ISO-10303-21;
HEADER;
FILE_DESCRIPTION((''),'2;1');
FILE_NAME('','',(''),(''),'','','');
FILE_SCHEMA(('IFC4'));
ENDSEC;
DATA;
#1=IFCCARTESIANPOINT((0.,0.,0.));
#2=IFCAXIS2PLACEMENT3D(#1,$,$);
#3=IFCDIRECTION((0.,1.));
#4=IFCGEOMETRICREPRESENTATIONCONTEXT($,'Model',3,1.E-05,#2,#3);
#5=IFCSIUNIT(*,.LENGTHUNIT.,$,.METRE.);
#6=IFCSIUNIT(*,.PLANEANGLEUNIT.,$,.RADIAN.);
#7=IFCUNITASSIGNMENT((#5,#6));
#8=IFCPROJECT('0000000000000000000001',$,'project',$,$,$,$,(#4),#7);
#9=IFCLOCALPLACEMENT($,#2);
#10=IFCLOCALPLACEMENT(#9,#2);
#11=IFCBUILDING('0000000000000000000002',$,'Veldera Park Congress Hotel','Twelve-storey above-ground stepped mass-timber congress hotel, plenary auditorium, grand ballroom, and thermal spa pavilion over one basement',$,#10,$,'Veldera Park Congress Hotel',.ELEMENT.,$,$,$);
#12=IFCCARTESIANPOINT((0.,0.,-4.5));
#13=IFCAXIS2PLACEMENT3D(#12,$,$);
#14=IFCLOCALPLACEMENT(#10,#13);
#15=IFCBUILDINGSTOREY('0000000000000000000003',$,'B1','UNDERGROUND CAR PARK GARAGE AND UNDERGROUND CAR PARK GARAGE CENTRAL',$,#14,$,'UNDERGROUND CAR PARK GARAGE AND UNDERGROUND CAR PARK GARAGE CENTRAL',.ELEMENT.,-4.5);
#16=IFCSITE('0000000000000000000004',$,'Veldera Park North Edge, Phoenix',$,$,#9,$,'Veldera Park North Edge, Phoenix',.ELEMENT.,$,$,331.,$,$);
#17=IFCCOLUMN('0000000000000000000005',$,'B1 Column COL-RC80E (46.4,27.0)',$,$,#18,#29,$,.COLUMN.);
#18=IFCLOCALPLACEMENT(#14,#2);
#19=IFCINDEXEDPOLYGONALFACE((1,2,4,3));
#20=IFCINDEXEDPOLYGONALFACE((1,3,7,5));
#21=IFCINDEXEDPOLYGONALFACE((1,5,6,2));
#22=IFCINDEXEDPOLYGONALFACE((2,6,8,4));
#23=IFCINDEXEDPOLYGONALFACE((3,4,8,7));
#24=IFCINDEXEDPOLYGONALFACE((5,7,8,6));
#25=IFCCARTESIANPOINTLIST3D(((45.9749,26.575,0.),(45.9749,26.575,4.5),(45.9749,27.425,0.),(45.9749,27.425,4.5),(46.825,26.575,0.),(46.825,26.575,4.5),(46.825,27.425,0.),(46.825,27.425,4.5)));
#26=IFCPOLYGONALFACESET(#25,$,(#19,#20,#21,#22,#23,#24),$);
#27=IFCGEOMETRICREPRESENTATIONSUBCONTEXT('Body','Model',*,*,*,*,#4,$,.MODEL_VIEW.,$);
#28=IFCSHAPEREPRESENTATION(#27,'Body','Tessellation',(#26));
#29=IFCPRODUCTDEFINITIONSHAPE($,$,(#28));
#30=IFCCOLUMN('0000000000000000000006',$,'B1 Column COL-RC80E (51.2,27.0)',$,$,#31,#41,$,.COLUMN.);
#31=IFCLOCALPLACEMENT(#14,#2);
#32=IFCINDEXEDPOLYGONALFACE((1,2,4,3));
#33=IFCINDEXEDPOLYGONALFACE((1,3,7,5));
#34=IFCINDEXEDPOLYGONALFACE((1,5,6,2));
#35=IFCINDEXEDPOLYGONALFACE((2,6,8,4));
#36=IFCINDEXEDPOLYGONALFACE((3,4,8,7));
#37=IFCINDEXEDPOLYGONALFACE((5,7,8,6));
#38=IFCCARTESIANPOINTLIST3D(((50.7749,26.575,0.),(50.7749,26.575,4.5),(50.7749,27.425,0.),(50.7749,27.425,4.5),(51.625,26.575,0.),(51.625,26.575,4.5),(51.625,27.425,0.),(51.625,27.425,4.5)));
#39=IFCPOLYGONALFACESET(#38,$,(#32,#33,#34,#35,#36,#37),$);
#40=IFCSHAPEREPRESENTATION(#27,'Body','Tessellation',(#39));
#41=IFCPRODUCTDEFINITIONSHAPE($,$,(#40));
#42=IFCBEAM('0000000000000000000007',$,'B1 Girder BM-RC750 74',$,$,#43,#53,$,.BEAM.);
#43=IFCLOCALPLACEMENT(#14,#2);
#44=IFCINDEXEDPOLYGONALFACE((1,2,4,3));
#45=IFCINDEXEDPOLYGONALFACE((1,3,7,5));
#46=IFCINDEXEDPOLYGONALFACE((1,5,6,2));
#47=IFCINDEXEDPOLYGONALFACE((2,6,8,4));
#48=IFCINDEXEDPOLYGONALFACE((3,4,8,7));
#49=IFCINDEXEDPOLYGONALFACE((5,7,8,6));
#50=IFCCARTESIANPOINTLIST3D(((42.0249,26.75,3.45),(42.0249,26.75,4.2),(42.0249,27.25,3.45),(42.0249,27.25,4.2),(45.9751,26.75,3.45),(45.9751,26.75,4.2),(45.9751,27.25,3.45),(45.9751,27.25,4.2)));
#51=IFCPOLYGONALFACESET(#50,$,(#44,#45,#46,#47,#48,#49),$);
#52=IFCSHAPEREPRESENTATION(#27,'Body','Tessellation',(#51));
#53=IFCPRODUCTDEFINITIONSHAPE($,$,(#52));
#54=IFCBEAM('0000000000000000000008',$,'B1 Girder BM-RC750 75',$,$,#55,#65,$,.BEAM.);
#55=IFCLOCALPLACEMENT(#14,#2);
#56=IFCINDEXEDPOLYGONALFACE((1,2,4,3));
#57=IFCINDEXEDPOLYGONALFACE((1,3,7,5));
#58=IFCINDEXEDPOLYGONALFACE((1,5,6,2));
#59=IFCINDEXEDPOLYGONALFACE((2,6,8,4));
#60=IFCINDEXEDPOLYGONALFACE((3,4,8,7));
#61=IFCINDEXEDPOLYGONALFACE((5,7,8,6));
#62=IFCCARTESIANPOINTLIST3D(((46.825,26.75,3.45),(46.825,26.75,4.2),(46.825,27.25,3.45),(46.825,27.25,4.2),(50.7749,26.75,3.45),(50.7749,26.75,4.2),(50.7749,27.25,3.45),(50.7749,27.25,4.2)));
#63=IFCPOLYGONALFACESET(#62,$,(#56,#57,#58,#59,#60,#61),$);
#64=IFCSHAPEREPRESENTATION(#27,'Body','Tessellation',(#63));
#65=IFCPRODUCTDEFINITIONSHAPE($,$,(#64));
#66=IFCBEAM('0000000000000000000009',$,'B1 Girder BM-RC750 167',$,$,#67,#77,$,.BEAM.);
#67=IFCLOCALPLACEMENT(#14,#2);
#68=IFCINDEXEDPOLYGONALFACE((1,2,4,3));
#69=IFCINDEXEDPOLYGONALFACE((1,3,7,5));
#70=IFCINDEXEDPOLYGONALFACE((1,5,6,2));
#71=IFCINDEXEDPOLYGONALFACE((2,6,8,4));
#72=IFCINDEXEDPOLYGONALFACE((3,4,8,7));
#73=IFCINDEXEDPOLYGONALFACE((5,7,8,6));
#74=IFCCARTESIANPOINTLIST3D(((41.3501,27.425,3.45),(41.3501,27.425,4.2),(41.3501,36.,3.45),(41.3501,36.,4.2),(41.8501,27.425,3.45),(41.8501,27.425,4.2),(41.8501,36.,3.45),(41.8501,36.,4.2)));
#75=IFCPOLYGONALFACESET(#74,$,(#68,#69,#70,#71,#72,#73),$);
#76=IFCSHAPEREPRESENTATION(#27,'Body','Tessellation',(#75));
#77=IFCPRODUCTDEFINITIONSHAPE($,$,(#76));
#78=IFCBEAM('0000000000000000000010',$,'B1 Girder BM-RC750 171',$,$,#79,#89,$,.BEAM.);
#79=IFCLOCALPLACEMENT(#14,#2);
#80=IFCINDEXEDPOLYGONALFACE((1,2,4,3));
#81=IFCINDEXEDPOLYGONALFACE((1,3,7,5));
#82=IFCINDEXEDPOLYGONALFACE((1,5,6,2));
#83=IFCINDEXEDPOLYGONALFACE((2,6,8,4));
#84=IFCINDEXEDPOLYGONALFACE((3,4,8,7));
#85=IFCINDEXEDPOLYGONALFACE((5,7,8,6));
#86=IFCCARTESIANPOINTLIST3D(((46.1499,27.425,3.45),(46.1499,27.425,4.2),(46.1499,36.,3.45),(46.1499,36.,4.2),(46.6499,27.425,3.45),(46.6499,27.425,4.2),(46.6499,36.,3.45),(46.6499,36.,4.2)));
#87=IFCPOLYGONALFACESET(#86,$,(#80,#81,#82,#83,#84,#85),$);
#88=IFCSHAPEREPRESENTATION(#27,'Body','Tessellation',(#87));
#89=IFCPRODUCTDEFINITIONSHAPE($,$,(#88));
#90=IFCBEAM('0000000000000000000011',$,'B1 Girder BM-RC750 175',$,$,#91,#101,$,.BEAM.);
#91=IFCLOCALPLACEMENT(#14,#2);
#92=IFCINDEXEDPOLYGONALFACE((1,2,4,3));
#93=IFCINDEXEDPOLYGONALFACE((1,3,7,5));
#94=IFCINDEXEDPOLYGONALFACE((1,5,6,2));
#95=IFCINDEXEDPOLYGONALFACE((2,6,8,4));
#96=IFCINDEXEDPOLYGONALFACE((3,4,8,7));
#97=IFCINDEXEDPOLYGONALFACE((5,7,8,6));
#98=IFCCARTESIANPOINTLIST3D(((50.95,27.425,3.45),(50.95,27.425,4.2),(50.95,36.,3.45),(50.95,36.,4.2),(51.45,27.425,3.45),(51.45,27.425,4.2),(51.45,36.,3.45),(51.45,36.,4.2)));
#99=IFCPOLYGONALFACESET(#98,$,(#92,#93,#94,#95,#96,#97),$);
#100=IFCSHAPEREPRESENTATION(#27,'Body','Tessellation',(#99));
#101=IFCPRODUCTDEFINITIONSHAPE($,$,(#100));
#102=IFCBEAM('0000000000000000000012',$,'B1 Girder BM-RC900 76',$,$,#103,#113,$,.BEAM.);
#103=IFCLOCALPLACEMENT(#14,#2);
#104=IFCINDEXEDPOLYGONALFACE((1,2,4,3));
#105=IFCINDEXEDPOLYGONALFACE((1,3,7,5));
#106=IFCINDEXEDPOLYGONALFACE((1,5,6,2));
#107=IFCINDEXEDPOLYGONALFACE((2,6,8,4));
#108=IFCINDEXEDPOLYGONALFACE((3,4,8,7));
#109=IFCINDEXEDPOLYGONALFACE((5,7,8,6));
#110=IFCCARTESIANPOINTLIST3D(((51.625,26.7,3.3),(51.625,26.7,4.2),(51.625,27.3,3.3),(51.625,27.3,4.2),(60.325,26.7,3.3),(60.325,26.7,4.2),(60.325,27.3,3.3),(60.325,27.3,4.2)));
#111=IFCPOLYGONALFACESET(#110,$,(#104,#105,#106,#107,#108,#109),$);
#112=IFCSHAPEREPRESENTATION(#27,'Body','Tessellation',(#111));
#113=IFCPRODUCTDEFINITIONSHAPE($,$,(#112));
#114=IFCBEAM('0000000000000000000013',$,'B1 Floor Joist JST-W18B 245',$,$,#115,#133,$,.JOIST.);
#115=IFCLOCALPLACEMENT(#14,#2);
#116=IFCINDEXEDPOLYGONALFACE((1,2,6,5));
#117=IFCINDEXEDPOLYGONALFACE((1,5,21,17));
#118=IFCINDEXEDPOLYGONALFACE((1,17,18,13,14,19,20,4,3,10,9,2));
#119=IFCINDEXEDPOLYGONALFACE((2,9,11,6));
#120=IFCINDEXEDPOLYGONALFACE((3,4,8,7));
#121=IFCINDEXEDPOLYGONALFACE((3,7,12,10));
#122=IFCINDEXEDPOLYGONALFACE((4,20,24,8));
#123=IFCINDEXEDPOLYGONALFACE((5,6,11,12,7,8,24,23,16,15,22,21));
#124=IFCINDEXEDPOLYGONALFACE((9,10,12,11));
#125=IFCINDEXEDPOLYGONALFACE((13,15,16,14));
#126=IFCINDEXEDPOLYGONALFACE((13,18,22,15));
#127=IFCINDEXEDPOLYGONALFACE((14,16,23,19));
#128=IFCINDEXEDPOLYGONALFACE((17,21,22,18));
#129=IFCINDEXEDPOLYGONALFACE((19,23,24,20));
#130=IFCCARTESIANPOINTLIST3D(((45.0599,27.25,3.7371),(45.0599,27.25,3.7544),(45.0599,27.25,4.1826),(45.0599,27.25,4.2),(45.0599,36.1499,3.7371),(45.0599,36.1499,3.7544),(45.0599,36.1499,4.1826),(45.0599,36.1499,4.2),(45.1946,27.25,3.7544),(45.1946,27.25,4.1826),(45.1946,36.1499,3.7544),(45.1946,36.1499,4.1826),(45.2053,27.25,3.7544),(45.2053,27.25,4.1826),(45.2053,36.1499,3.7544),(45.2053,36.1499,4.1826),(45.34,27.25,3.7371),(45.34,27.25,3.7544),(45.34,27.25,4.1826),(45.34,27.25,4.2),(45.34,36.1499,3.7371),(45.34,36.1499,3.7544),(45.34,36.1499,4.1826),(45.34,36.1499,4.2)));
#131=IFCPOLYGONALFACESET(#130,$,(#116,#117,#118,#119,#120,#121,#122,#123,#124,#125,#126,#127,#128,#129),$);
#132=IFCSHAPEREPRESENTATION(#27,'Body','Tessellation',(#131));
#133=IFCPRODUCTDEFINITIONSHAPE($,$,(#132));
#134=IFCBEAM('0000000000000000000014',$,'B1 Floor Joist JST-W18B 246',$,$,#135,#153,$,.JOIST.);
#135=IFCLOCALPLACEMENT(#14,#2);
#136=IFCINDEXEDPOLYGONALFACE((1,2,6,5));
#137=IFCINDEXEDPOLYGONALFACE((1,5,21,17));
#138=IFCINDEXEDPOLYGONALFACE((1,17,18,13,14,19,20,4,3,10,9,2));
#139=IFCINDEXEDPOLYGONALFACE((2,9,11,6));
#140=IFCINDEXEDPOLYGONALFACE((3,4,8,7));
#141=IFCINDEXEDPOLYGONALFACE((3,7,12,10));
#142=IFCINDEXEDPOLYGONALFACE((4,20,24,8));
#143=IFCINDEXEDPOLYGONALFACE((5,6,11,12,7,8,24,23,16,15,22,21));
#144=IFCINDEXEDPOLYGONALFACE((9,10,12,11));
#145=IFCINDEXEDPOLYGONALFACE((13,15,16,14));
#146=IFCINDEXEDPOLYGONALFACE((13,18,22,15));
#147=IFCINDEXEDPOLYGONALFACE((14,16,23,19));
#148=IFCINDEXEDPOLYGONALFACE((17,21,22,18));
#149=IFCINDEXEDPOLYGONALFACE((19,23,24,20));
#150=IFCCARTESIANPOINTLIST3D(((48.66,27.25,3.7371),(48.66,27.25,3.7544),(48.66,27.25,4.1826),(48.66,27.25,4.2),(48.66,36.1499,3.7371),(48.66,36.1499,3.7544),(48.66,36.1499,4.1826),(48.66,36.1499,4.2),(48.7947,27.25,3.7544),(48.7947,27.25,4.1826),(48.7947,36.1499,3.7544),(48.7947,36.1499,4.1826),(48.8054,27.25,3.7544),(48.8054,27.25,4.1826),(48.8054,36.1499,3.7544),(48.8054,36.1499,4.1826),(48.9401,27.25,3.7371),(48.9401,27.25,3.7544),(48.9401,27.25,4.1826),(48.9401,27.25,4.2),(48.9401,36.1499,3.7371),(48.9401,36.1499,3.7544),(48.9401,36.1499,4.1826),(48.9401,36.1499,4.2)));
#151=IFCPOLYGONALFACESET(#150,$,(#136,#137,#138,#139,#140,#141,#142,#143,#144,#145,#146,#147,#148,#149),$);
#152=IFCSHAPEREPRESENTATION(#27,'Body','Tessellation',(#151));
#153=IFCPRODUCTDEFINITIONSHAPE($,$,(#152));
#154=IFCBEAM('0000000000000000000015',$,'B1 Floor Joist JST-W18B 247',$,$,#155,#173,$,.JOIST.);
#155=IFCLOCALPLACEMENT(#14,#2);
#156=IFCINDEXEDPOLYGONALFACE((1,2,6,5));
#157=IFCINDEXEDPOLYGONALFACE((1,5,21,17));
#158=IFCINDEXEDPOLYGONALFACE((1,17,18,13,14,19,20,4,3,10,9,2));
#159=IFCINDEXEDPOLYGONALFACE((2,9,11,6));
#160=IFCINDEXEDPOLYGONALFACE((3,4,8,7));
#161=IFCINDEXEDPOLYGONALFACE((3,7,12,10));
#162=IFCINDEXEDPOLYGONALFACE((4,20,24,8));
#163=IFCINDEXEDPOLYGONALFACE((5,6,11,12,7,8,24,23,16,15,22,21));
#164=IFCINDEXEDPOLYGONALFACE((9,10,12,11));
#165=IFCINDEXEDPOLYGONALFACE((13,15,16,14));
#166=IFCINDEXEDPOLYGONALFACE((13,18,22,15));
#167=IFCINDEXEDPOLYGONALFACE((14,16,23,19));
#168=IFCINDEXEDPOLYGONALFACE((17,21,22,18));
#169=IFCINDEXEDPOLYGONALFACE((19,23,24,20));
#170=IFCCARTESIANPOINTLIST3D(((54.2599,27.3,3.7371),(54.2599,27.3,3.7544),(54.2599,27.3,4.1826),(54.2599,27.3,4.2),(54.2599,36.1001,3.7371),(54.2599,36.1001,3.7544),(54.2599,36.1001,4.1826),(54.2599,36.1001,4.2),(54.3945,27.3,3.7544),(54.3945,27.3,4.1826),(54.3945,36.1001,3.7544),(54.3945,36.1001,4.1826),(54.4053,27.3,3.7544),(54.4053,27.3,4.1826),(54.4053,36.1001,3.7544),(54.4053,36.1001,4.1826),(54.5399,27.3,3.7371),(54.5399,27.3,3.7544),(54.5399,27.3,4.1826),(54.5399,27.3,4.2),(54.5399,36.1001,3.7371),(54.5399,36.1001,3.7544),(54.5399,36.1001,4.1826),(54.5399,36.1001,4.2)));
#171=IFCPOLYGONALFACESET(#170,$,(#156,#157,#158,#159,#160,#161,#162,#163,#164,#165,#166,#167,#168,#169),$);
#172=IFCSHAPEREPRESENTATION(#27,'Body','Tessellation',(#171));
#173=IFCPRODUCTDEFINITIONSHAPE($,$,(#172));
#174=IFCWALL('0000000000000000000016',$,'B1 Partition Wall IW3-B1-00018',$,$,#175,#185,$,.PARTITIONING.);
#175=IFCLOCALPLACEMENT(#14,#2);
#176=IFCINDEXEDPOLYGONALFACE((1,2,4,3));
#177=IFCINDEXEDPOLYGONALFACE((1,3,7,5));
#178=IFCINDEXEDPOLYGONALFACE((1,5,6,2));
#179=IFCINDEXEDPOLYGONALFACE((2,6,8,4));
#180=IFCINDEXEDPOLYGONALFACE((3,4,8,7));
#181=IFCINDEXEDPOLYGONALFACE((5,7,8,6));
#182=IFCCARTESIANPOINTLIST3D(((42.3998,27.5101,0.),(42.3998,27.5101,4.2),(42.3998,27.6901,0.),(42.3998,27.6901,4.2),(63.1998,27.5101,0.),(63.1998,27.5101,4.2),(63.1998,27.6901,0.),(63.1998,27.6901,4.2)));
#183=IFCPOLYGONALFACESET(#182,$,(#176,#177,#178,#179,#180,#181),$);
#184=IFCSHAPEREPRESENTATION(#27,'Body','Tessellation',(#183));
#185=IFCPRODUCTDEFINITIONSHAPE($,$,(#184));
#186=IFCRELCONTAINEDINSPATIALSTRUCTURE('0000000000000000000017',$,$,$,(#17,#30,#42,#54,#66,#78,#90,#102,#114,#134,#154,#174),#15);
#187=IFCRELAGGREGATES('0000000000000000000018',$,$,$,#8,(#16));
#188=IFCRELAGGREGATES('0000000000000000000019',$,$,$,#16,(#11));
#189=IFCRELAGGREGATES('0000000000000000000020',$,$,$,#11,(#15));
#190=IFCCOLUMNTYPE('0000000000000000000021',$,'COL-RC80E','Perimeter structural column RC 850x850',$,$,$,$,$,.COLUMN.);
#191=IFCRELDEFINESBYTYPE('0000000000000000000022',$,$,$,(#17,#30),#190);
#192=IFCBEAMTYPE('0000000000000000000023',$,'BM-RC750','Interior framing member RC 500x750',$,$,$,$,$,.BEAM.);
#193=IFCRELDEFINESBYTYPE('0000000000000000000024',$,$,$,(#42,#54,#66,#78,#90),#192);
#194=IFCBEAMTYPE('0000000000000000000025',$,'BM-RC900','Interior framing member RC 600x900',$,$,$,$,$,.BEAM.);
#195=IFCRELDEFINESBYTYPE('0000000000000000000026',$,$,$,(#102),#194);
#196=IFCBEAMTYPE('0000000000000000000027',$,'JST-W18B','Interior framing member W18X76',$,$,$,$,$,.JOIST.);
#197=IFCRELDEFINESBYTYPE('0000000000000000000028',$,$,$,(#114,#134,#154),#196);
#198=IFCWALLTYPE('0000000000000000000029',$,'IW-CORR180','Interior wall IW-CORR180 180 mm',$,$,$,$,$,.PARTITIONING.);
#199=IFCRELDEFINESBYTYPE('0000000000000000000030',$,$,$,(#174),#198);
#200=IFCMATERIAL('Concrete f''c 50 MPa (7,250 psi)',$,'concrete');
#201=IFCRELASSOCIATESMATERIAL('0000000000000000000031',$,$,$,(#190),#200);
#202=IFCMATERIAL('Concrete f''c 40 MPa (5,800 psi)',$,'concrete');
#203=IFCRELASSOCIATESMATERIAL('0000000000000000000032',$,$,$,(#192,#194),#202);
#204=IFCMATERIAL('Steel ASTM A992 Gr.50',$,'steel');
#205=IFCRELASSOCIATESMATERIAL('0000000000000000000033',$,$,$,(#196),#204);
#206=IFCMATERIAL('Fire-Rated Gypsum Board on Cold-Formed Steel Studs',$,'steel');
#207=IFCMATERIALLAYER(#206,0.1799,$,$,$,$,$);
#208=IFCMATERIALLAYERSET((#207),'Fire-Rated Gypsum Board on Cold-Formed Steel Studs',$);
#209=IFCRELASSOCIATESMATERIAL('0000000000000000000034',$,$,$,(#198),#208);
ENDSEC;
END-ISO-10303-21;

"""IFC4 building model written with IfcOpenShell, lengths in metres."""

from ifc_helpers import new_model, si_unit, direction, frame, frame_2d, origin, origin_2d, place, context, subcontext, project, spatial, rectangle, i_section, extrude, material, layer, layer_set, material_profile, profile_set, type_object, element, save


model = new_model("IFC4")

# Units and contexts
model_context = context("Model", 3, precision=1e-05, world=origin(), true_north=direction((0.0, 1.0)))
body_context = subcontext(model_context, "Body", "Model", "MODEL_VIEW")
ifc_project = project(units=[si_unit("LENGTHUNIT", "METRE"), si_unit("PLANEANGLEUNIT", "RADIAN")], contexts=[model_context])

# Site, building, storey
site_placement = place(None, origin())
site = spatial("IfcSite", under=ifc_project, at=site_placement, Name="Veldera Park North Edge, Phoenix", LongName="Veldera Park North Edge, Phoenix", CompositionType="ELEMENT", RefElevation=331.0)
building_placement = place(site_placement, origin())
building = spatial("IfcBuilding", under=site, at=building_placement, Name="Veldera Park Congress Hotel", Description="Twelve-storey above-ground stepped mass-timber congress hotel, plenary auditorium, grand ballroom, and thermal spa pavilion over one basement", LongName="Veldera Park Congress Hotel", CompositionType="ELEMENT")
storey_placement = place(building_placement, frame((0.0, 0.0, -4.5)))
storey = spatial("IfcBuildingStorey", under=building, at=storey_placement, Name="B1", Description="UNDERGROUND CAR PARK GARAGE AND UNDERGROUND CAR PARK GARAGE CENTRAL", LongName="UNDERGROUND CAR PARK GARAGE AND UNDERGROUND CAR PARK GARAGE CENTRAL", CompositionType="ELEMENT", Elevation=-4.5)

# Shared definitions
ifc_material_1 = material(Name="Concrete f'c 40 MPa (5,800 psi)", Category="concrete")

# Columns
ifc_material_2 = material(Name="Concrete f'c 50 MPa (7,250 psi)", Category="concrete")
ifc_material_profile_1 = material_profile(ifc_material_2, rectangle(XDim=0.8501, YDim=0.8501, at=origin_2d()), Name="RC 850x850")
ifc_profile_set_1 = profile_set([ifc_material_profile_1], Name="Concrete f'c 50 MPa (7,250 psi)")
column_type = type_object("IfcColumnType", Name="COL-RC80E", Description="Perimeter structural column RC 850x850", PredefinedType="COLUMN", material=ifc_profile_set_1)
for number, where, z_axis, x_axis, name in (
    (1, (46.3999, 27.0, 0.0), (0.0, 0.0, 1.0), (1.0, 0.0, 0.0), "B1 Column COL-RC80E (46.4,27.0)"),
    (2, (51.2, 27.0, 0.0), (0.0, 0.0, 1.0), (1.0, 0.0, 0.0), "B1 Column COL-RC80E (51.2,27.0)"),
):
    element("IfcColumn", number, at=place(storey_placement, frame(where, z_axis=z_axis, x_axis=x_axis)), inside=storey, type_object=column_type, Name=name, PredefinedType="COLUMN", context=body_context, shape_type="SweptSolid", body=[
        extrude(rectangle(XDim=0.8501, YDim=0.8501, at=origin_2d()), origin(), (0.0, 0.0, 1.0), 4.5),
    ])

# Beams
ifc_material_profile_2 = material_profile(ifc_material_1, rectangle(XDim=0.5, YDim=0.75, at=origin_2d()), Name="RC 500x750")
ifc_profile_set_2 = profile_set([ifc_material_profile_2], Name="Concrete f'c 40 MPa (5,800 psi)")
beam_type_1 = type_object("IfcBeamType", Name="BM-RC750", Description="Interior framing member RC 500x750", PredefinedType="BEAM", material=ifc_profile_set_2)
beam_1_placement = place(storey_placement, frame((42.0249, 27.0, 3.825), z_axis=(1.0, 0.0, 0.0), x_axis=(0.0, 1.0, 0.0)))
element("IfcBeam", 3, at=beam_1_placement, inside=storey, type_object=beam_type_1, Name="B1 Girder BM-RC750 74", PredefinedType="BEAM", context=body_context, shape_type="SweptSolid", body=[
    extrude(rectangle(XDim=0.5, YDim=0.75, at=origin_2d()), origin(), (0.0, 0.0, 1.0), 3.9502),
])
beam_2_placement = place(storey_placement, frame((46.825, 27.0, 3.825), z_axis=(1.0, 0.0, 0.0), x_axis=(0.0, 1.0, 0.0)))
element("IfcBeam", 4, at=beam_2_placement, inside=storey, type_object=beam_type_1, Name="B1 Girder BM-RC750 75", PredefinedType="BEAM", context=body_context, shape_type="SweptSolid", body=[
    extrude(rectangle(XDim=0.5, YDim=0.75, at=origin_2d()), origin(), (0.0, 0.0, 1.0), 3.95),
])
for number, where, z_axis, x_axis, name in (
    (5, (41.6001, 27.425, 3.825), (0.0, 1.0, 0.0), (-1.0, 0.0, 0.0), "B1 Girder BM-RC750 167"),
    (6, (46.3999, 27.425, 3.825), (0.0, 1.0, 0.0), (-1.0, 0.0, 0.0), "B1 Girder BM-RC750 171"),
    (7, (51.2, 27.425, 3.825), (0.0, 1.0, 0.0), (-1.0, 0.0, 0.0), "B1 Girder BM-RC750 175"),
):
    element("IfcBeam", number, at=place(storey_placement, frame(where, z_axis=z_axis, x_axis=x_axis)), inside=storey, type_object=beam_type_1, Name=name, PredefinedType="BEAM", context=body_context, shape_type="SweptSolid", body=[
        extrude(rectangle(XDim=0.5, YDim=0.75, at=origin_2d()), origin(), (0.0, 0.0, 1.0), 8.575),
    ])
ifc_material_profile_3 = material_profile(ifc_material_1, rectangle(XDim=0.6001, YDim=0.8999, at=origin_2d()), Name="RC 600x900")
ifc_profile_set_3 = profile_set([ifc_material_profile_3], Name="Concrete f'c 40 MPa (5,800 psi)")
beam_type_2 = type_object("IfcBeamType", Name="BM-RC900", Description="Interior framing member RC 600x900", PredefinedType="BEAM", material=ifc_profile_set_3)
beam_3_placement = place(storey_placement, frame((51.625, 27.0, 3.75), z_axis=(1.0, 0.0, 0.0), x_axis=(0.0, 1.0, 0.0)))
element("IfcBeam", 8, at=beam_3_placement, inside=storey, type_object=beam_type_2, Name="B1 Girder BM-RC900 76", PredefinedType="BEAM", context=body_context, shape_type="SweptSolid", body=[
    extrude(rectangle(XDim=0.6001, YDim=0.8999, at=origin_2d()), origin(), (0.0, 0.0, 1.0), 8.7),
])
ifc_material_3 = material(Name="Steel ASTM A992 Gr.50", Category="steel")
ifc_material_profile_4 = material_profile(ifc_material_3, i_section(OverallWidth=0.28, OverallDepth=0.4629, WebThickness=0.0107, FlangeThickness=0.0173, at=origin_2d()), Name="W18X76")
ifc_profile_set_4 = profile_set([ifc_material_profile_4], Name="Steel ASTM A992 Gr.50")
beam_type_3 = type_object("IfcBeamType", Name="JST-W18B", Description="Interior framing member W18X76", PredefinedType="JOIST", material=ifc_profile_set_4)
for number, where, z_axis, x_axis, name in (
    (9, (45.2, 27.25, 3.9685), (0.0, 1.0, 0.0), (-1.0, 0.0, 0.0), "B1 Floor Joist JST-W18B 245"),
    (10, (48.8, 27.25, 3.9685), (0.0, 1.0, 0.0), (-1.0, 0.0, 0.0), "B1 Floor Joist JST-W18B 246"),
):
    element("IfcBeam", number, at=place(storey_placement, frame(where, z_axis=z_axis, x_axis=x_axis)), inside=storey, type_object=beam_type_3, Name=name, PredefinedType="JOIST", context=body_context, shape_type="SweptSolid", body=[
        extrude(i_section(OverallWidth=0.28, OverallDepth=0.4629, WebThickness=0.0107, FlangeThickness=0.0173, at=origin_2d()), origin(), (0.0, 0.0, 1.0), 8.8999),
    ])
beam_4_placement = place(storey_placement, frame((54.3999, 27.3, 3.9685), z_axis=(0.0, 1.0, 0.0), x_axis=(-1.0, 0.0, 0.0)))
element("IfcBeam", 11, at=beam_4_placement, inside=storey, type_object=beam_type_3, Name="B1 Floor Joist JST-W18B 247", PredefinedType="JOIST", context=body_context, shape_type="SweptSolid", body=[
    extrude(i_section(OverallWidth=0.28, OverallDepth=0.4629, WebThickness=0.0107, FlangeThickness=0.0173, at=origin_2d()), origin(), (0.0, 0.0, 1.0), 8.8),
])

# Wall
ifc_material_4 = material(Name="Fire-Rated Gypsum Board on Cold-Formed Steel Studs", Category="steel")
ifc_layer = layer(ifc_material_4, 0.1799)
ifc_layer_set = layer_set([ifc_layer], Name="Fire-Rated Gypsum Board on Cold-Formed Steel Studs")
wall_type = type_object("IfcWallType", Name="IW-CORR180", Description="Interior wall IW-CORR180 180 mm", PredefinedType="PARTITIONING", material=ifc_layer_set)
wall_placement = place(storey_placement, frame((42.3999, 27.6001, 0.0), z_axis=(0.0, 0.0, 1.0), x_axis=(1.0, 0.0, 0.0)))
element("IfcWall", 12, at=wall_placement, inside=storey, type_object=wall_type, Name="B1 Partition Wall IW3-B1-00018", PredefinedType="PARTITIONING", context=body_context, shape_type="SweptSolid", body=[
    extrude(rectangle(XDim=20.8, YDim=0.1799, at=frame_2d((10.3999, 0.0))), origin(), (0.0, 0.0, 1.0), 4.2),
])

save(model, "model.ifc")
